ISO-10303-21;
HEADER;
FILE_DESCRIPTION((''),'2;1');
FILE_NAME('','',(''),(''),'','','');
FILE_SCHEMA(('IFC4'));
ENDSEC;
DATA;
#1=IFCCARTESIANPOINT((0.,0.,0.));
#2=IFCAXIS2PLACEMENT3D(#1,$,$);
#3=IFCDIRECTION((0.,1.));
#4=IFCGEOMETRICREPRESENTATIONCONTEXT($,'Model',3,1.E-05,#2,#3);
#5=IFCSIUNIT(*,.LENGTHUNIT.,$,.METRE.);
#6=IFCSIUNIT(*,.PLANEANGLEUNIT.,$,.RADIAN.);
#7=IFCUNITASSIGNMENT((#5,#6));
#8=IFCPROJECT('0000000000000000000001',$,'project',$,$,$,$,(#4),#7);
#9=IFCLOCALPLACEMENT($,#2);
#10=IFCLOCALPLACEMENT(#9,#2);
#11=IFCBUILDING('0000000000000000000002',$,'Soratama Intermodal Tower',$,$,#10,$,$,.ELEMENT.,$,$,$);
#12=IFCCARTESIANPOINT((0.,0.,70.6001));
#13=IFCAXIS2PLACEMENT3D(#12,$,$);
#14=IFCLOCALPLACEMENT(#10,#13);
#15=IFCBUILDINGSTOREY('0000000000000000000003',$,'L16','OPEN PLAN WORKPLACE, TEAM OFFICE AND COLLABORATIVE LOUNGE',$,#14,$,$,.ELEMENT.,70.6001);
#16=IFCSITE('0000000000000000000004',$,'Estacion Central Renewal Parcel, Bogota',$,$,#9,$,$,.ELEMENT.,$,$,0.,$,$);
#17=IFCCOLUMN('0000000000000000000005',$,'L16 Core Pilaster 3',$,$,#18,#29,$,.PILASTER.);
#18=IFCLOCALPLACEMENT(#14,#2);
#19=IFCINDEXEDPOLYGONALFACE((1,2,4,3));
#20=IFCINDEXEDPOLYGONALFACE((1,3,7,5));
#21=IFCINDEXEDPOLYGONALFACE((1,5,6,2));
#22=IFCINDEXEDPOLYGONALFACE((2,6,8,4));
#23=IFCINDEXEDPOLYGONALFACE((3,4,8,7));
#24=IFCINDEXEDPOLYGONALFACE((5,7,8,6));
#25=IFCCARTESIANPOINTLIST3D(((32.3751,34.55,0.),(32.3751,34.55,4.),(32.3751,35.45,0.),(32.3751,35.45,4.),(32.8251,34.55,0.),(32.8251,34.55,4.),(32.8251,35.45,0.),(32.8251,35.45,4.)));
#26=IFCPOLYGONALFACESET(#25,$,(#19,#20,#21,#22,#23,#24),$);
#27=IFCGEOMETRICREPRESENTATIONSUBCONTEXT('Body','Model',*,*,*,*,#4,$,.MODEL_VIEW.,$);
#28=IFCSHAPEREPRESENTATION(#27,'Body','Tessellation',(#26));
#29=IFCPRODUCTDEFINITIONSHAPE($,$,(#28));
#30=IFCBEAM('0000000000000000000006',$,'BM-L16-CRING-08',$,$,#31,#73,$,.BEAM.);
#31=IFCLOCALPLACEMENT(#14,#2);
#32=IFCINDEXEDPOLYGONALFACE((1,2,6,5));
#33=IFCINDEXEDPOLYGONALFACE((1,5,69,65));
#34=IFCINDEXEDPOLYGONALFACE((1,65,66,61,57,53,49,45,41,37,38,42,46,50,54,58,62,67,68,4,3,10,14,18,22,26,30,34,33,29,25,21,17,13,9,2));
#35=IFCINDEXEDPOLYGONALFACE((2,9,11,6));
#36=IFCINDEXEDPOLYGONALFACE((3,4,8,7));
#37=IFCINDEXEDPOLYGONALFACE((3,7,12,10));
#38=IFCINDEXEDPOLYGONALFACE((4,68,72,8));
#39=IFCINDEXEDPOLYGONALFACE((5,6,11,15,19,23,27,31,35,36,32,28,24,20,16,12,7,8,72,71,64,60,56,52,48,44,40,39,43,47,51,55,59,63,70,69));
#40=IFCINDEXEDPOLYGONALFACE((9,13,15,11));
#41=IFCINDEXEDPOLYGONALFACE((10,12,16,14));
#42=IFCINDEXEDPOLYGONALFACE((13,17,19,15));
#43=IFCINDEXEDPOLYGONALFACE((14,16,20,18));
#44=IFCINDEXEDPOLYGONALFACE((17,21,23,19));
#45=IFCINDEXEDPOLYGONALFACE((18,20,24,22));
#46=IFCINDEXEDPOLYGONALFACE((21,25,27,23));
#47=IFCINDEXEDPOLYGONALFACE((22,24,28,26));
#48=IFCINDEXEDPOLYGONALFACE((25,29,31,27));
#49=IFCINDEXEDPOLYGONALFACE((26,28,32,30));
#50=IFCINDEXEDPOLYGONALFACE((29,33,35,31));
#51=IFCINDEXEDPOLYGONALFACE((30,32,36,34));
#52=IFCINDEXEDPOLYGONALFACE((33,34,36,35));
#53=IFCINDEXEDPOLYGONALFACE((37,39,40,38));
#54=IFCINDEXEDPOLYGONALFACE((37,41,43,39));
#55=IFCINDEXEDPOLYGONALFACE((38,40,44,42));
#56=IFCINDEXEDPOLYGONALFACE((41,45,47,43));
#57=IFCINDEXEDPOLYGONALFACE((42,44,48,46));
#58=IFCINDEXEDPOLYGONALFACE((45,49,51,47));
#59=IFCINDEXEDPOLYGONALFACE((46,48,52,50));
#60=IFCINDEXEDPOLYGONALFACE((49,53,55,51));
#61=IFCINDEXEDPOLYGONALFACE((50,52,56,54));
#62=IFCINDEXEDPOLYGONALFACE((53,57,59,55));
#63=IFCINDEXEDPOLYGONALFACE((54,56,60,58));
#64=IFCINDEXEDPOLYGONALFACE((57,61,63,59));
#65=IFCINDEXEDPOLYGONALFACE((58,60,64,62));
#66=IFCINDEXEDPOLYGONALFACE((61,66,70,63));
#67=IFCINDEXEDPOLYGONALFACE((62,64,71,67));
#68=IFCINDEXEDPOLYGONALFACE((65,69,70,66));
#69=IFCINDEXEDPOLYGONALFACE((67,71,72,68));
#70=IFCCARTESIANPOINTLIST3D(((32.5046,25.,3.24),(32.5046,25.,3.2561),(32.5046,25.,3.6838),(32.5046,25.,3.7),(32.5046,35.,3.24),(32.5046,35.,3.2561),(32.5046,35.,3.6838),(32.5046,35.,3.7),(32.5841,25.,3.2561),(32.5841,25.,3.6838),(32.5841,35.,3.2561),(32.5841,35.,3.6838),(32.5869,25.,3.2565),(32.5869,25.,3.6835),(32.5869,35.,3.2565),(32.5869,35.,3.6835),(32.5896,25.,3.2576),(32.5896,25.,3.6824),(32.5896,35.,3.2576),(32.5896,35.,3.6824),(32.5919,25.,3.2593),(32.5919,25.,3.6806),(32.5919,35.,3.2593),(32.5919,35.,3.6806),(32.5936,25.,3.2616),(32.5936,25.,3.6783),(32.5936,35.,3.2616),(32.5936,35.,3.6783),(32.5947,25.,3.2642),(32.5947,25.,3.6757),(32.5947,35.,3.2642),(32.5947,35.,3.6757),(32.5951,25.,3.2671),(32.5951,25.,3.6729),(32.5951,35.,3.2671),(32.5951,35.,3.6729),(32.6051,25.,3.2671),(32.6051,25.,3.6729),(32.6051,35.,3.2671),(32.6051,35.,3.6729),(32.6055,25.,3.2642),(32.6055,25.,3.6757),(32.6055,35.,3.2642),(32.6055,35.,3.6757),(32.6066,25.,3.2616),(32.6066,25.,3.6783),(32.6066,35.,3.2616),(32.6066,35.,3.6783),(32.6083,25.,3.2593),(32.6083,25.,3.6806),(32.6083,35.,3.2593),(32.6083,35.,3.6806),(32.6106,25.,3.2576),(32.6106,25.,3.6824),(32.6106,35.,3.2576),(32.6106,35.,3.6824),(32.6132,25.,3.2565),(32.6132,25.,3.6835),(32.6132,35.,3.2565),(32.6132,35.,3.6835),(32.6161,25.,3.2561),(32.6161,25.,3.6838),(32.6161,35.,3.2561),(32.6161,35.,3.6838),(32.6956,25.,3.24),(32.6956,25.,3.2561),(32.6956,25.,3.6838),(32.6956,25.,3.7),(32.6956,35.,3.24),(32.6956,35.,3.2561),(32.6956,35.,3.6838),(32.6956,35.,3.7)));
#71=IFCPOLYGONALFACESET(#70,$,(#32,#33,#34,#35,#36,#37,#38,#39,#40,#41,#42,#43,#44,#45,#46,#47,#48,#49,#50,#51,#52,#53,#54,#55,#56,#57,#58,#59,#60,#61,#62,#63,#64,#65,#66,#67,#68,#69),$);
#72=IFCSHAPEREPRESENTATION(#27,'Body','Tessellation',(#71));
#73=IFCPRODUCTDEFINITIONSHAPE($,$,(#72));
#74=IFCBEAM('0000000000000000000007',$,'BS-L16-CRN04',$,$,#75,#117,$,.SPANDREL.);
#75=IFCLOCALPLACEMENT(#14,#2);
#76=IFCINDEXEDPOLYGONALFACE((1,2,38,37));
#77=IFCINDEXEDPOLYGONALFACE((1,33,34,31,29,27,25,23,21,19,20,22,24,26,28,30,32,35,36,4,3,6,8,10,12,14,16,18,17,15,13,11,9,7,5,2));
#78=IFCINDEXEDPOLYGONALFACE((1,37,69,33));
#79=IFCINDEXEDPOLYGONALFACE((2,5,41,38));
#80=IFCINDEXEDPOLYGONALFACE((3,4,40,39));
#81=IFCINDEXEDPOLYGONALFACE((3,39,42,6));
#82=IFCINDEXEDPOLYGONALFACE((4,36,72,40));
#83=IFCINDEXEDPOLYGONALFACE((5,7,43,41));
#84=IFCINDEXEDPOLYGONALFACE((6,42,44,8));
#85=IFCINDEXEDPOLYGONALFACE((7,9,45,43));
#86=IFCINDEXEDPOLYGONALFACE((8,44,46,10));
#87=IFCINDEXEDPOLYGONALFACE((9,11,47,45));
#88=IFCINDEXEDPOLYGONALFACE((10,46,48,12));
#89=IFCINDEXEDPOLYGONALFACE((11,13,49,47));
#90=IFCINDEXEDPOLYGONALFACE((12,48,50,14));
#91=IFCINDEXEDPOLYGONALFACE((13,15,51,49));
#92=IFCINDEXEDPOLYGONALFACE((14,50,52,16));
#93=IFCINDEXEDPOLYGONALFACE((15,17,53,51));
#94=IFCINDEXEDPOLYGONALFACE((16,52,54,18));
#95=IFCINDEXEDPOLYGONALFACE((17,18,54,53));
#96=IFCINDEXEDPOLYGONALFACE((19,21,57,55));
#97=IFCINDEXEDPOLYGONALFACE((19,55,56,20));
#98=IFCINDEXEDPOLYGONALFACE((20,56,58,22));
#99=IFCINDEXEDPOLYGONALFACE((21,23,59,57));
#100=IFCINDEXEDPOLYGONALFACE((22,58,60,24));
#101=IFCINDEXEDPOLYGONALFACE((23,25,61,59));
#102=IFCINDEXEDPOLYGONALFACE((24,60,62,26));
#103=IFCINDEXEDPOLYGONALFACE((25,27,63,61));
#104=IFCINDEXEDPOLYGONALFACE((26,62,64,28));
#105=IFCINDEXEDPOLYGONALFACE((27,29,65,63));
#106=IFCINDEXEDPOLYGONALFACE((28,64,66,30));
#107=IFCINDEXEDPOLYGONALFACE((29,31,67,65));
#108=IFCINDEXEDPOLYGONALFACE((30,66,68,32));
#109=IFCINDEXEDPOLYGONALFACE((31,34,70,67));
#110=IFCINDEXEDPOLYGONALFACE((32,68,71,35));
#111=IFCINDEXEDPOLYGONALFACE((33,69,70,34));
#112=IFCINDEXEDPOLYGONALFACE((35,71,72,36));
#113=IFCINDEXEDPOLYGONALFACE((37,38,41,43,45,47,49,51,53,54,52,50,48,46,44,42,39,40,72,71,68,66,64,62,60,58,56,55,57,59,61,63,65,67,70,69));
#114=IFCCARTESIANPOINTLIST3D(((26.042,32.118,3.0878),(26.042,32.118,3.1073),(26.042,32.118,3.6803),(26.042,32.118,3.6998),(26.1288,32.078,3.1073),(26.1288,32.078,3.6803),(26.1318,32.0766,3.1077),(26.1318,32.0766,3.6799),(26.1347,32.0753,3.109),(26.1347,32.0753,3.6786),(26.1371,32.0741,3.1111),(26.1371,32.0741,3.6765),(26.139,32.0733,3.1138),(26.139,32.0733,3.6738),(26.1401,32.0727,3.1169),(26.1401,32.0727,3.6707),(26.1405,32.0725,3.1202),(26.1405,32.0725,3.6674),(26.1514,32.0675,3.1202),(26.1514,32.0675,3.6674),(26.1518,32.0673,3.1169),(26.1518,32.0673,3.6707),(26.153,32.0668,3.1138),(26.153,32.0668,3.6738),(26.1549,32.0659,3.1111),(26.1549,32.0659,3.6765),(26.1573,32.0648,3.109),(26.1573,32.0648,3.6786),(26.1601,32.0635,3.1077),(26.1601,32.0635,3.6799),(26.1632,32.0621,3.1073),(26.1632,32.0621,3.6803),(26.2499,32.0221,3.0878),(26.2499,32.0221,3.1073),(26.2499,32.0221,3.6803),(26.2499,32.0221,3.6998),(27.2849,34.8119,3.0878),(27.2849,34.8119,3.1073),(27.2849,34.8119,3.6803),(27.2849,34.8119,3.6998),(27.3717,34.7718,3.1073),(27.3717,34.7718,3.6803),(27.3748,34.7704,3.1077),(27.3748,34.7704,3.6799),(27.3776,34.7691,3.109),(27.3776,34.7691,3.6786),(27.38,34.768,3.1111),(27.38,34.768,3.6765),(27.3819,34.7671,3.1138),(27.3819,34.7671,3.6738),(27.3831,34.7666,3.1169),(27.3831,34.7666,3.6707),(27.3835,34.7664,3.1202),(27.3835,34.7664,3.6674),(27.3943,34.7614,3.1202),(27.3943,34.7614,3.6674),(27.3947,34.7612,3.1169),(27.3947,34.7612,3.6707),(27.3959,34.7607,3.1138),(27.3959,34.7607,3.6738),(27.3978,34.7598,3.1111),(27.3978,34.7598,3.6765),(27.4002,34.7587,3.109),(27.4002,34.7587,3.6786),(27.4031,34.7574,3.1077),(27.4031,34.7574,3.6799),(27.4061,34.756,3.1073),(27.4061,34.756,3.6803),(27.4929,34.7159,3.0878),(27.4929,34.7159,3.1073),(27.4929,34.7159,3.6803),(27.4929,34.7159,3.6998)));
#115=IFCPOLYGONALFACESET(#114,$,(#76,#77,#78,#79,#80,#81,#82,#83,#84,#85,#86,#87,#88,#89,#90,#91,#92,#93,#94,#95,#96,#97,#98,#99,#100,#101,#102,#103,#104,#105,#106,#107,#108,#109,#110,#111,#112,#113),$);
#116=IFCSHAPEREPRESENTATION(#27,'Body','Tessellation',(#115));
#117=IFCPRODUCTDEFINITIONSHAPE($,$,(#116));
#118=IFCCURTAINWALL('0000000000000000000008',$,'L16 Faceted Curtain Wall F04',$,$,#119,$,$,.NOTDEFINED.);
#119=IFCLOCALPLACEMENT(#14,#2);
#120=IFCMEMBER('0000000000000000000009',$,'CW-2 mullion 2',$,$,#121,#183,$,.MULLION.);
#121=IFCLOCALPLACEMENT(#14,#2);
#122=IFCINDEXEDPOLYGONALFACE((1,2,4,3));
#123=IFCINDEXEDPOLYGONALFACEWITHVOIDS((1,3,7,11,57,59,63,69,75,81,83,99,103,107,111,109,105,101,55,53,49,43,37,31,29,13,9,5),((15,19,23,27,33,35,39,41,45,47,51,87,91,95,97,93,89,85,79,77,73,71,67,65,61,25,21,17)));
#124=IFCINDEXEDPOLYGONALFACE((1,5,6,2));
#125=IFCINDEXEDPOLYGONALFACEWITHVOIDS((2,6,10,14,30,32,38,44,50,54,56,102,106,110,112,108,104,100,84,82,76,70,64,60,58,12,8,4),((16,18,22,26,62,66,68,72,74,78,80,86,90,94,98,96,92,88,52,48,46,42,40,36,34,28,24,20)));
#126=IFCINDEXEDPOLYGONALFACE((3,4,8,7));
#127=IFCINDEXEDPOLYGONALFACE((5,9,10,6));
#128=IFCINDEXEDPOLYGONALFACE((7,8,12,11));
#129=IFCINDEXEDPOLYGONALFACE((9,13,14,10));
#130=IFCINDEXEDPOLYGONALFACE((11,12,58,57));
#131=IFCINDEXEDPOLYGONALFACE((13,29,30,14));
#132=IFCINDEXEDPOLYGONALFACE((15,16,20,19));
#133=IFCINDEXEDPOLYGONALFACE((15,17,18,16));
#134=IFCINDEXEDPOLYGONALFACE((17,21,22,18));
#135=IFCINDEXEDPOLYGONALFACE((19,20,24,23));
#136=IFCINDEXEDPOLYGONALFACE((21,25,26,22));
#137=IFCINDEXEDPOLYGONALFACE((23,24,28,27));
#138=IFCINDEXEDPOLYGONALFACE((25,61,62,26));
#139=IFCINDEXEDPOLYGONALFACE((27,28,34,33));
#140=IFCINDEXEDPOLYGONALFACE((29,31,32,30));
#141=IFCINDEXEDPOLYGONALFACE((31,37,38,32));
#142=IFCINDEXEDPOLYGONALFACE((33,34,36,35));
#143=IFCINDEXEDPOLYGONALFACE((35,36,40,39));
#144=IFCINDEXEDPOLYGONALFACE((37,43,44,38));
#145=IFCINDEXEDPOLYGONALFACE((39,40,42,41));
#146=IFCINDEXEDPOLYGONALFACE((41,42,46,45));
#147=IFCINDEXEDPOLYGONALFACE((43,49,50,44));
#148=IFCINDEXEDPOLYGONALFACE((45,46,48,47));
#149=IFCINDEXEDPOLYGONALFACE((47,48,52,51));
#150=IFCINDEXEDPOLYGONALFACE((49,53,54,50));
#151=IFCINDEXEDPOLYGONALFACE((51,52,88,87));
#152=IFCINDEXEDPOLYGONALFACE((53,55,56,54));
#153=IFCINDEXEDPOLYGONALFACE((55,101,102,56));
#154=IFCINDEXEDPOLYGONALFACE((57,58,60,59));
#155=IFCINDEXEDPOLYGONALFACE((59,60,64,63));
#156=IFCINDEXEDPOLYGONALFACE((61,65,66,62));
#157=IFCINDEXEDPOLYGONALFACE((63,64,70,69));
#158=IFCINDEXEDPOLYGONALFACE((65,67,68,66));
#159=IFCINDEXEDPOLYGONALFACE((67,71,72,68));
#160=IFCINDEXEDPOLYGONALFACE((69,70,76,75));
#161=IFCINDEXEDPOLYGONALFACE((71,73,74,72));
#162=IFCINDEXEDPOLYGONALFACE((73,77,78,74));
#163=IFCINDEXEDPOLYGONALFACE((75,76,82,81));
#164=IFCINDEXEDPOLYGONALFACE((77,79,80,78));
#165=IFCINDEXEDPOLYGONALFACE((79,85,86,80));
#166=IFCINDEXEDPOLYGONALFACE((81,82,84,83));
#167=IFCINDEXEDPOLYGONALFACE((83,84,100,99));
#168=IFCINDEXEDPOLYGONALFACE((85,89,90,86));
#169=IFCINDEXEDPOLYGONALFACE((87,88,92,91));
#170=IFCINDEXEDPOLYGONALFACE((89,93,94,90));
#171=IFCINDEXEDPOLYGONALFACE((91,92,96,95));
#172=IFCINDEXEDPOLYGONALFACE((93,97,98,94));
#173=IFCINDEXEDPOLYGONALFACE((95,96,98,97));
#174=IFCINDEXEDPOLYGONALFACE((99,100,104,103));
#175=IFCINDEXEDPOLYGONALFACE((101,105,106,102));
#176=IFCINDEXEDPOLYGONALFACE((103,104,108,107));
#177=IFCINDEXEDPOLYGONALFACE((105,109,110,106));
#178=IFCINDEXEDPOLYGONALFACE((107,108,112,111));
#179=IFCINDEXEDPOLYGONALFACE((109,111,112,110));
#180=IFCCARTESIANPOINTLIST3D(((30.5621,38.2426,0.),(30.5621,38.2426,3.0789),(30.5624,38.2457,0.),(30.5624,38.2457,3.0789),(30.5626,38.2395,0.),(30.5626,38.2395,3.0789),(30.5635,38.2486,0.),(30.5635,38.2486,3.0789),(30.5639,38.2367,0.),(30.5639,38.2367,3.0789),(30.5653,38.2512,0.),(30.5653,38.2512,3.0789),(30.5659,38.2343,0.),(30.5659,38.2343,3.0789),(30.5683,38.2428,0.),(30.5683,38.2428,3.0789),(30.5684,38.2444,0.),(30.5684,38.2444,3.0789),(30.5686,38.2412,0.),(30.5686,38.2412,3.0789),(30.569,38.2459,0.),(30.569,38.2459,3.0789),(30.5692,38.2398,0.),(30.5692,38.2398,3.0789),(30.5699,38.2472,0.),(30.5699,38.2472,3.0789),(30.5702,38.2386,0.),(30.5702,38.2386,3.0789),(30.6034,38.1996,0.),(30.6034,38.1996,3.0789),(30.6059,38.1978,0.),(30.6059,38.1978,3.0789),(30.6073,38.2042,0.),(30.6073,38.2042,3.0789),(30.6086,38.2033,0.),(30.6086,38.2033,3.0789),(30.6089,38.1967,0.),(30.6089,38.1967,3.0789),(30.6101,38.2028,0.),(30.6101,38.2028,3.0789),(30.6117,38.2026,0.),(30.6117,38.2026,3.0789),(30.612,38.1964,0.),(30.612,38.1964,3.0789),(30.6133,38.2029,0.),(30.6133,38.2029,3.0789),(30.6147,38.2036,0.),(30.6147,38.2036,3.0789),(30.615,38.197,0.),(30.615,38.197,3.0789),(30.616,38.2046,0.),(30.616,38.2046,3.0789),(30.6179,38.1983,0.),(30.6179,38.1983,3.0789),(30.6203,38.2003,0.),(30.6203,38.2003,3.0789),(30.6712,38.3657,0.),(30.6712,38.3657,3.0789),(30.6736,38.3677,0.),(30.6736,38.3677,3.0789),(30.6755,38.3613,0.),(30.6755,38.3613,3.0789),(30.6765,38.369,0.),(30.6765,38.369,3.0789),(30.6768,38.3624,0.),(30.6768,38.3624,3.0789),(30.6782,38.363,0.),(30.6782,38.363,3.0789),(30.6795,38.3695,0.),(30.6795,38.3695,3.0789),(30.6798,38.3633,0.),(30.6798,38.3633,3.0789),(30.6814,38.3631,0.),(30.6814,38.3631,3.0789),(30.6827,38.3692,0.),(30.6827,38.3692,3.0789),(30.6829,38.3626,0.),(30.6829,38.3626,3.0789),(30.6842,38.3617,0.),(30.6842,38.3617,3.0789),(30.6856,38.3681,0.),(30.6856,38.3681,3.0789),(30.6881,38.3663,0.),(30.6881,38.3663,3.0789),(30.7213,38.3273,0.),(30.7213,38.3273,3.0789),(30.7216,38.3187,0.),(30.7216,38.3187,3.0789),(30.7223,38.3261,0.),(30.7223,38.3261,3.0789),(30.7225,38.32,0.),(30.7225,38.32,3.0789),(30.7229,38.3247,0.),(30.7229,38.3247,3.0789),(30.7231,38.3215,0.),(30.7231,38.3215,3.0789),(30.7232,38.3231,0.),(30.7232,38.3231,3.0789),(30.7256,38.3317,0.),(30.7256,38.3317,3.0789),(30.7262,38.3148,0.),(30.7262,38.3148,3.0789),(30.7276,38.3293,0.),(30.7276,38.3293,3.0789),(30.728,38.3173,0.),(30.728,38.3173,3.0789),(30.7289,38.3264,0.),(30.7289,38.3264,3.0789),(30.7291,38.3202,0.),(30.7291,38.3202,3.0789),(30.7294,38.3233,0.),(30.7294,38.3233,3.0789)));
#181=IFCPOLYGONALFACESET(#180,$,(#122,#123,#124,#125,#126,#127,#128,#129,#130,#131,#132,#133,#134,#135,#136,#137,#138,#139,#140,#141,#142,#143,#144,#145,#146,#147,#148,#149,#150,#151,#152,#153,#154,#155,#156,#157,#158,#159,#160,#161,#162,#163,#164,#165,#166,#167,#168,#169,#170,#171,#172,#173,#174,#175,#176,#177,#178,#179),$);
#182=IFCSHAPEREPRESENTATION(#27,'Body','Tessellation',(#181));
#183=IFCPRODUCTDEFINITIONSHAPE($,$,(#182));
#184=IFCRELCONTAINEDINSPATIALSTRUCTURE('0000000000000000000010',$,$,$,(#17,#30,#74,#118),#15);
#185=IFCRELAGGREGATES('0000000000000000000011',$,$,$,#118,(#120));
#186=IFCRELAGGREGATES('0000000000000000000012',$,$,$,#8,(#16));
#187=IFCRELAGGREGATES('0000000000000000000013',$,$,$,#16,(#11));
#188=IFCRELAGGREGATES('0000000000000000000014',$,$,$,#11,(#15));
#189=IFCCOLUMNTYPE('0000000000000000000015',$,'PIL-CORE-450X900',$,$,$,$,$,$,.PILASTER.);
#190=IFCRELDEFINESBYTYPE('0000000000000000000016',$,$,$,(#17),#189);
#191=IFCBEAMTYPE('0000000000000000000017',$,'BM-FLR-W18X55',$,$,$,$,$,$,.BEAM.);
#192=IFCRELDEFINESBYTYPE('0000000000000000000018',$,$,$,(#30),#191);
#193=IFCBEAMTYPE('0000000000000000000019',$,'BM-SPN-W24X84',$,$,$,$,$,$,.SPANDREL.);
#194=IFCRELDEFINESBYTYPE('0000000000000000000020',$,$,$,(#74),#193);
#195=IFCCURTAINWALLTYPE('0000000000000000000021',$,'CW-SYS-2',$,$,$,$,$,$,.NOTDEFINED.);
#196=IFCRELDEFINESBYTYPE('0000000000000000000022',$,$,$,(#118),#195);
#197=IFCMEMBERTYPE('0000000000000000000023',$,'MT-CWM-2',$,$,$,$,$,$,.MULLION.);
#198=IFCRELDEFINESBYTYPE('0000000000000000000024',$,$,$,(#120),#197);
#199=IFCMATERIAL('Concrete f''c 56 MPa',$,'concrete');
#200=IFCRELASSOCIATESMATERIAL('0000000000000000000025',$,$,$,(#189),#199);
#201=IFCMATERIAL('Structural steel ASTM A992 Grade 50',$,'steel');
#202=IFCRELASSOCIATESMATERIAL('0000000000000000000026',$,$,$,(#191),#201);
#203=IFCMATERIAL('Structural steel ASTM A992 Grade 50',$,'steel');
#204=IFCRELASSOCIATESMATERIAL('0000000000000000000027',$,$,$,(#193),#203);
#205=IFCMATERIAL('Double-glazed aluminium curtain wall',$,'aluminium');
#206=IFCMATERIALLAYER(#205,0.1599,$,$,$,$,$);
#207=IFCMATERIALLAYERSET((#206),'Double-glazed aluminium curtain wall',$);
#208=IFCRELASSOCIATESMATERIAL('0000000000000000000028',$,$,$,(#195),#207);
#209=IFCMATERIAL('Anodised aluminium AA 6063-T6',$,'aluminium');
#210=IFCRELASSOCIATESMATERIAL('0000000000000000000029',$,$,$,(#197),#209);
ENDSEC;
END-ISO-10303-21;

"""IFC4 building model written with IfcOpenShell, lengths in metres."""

from ifc_helpers import new_model, si_unit, direction, frame, origin, origin_2d, place, context, subcontext, project, spatial, rectangle, hollow_rectangle, i_section, extrude, material, layer, layer_set, material_profile, profile_set, type_object, element, aggregate, save


model = new_model("IFC4")

# Units and contexts
model_context = context("Model", 3, precision=1e-05, world=origin(), true_north=direction((0.0, 1.0)))
body_context = subcontext(model_context, "Body", "Model", "MODEL_VIEW")
ifc_project = project(units=[si_unit("LENGTHUNIT", "METRE"), si_unit("PLANEANGLEUNIT", "RADIAN")], contexts=[model_context])

# Site, building, storey
site_placement = place(None, origin())
site = spatial("IfcSite", under=ifc_project, at=site_placement, Name="Estacion Central Renewal Parcel, Bogota", CompositionType="ELEMENT", RefElevation=0.0)
building_placement = place(site_placement, origin())
building = spatial("IfcBuilding", under=site, at=building_placement, Name="Soratama Intermodal Tower", CompositionType="ELEMENT")
storey_placement = place(building_placement, frame((0.0, 0.0, 70.6001)))
storey = spatial("IfcBuildingStorey", under=building, at=storey_placement, Name="L16", Description="OPEN PLAN WORKPLACE, TEAM OFFICE AND COLLABORATIVE LOUNGE", CompositionType="ELEMENT", Elevation=70.6001)

# Column
ifc_material_1 = material(Name="Concrete f'c 56 MPa", Category="concrete")
ifc_material_profile_1 = material_profile(ifc_material_1, rectangle(XDim=0.45, YDim=0.8999, at=origin_2d()), Name="RC450X900")
ifc_profile_set_1 = profile_set([ifc_material_profile_1], Name="Concrete f'c 56 MPa")
column_type = type_object("IfcColumnType", Name="PIL-CORE-450X900", PredefinedType="PILASTER", material=ifc_profile_set_1)
column_placement = place(storey_placement, frame((32.6001, 35.0, 0.0), z_axis=(0.0, 0.0, 1.0), x_axis=(1.0, 0.0, 0.0)))
element("IfcColumn", 1, at=column_placement, inside=storey, type_object=column_type, Name="L16 Core Pilaster 3", PredefinedType="PILASTER", context=body_context, shape_type="SweptSolid", body=[
    extrude(rectangle(XDim=0.45, YDim=0.8999, at=origin_2d()), origin(), (0.0, 0.0, 1.0), 4.0),
])

# Beams
ifc_material_2 = material(Name="Structural steel ASTM A992 Grade 50", Category="steel")
ifc_material_profile_2 = material_profile(ifc_material_2, i_section(OverallWidth=0.1909, OverallDepth=0.46, WebThickness=0.01, FlangeThickness=0.0161, FilletRadius=0.011, at=origin_2d()), Name="W18X55")
ifc_profile_set_2 = profile_set([ifc_material_profile_2], Name="Structural steel ASTM A992 Grade 50")
beam_type_1 = type_object("IfcBeamType", Name="BM-FLR-W18X55", PredefinedType="BEAM", material=ifc_profile_set_2)
beam_1_placement = place(storey_placement, frame((32.6001, 35.0, 3.47), z_axis=(0.0, -1.0, 0.0), x_axis=(1.0, 0.0, 0.0)))
element("IfcBeam", 2, at=beam_1_placement, inside=storey, type_object=beam_type_1, Name="BM-L16-CRING-08", PredefinedType="BEAM", context=body_context, shape_type="SweptSolid", body=[
    extrude(i_section(OverallWidth=0.1909, OverallDepth=0.46, WebThickness=0.01, FlangeThickness=0.0161, FilletRadius=0.011, at=origin_2d()), origin(), (0.0, 0.0, 1.0), 10.0),
])
ifc_material_3 = material(Name="Structural steel ASTM A992 Grade 50", Category="steel")
ifc_material_profile_3 = material_profile(ifc_material_3, i_section(OverallWidth=0.229, OverallDepth=0.6121, WebThickness=0.012, FlangeThickness=0.0195, FilletRadius=0.0129, at=origin_2d()), Name="W24X84")
ifc_profile_set_3 = profile_set([ifc_material_profile_3], Name="Structural steel ASTM A992 Grade 50")
beam_type_2 = type_object("IfcBeamType", Name="BM-SPN-W24X84", PredefinedType="SPANDREL", material=ifc_profile_set_3)
beam_2_placement = place(storey_placement, frame((27.3889, 34.7639, 3.3938), z_axis=(-0.418949, -0.90801, 0.0), x_axis=(0.90801, -0.418949, 0.0)))
element("IfcBeam", 3, at=beam_2_placement, inside=storey, type_object=beam_type_2, Name="BS-L16-CRN04", PredefinedType="SPANDREL", context=body_context, shape_type="SweptSolid", body=[
    extrude(i_section(OverallWidth=0.229, OverallDepth=0.6121, WebThickness=0.012, FlangeThickness=0.0195, FilletRadius=0.0129, at=origin_2d()), origin(), (0.0, 0.0, 1.0), 2.9668),
])

# Curtain wall, member
ifc_material_4 = material(Name="Double-glazed aluminium curtain wall", Category="aluminium")
ifc_layer_1 = layer(ifc_material_4, 0.1599)
ifc_layer_set_1 = layer_set([ifc_layer_1], Name="Double-glazed aluminium curtain wall")
curtain_wall_type = type_object("IfcCurtainWallType", Name="CW-SYS-2", PredefinedType="NOTDEFINED", material=ifc_layer_set_1)
curtain_wall_placement = place(storey_placement, origin())
curtain_wall = element("IfcCurtainWall", 4, at=curtain_wall_placement, inside=storey, type_object=curtain_wall_type, Name="L16 Faceted Curtain Wall F04", PredefinedType="NOTDEFINED")
ifc_material_5 = material(Name="Anodised aluminium AA 6063-T6", Category="aluminium")
ifc_material_profile_4 = material_profile(ifc_material_5, hollow_rectangle(XDim=0.075, YDim=0.1799, WallThickness=0.0061, InnerFilletRadius=0.0061, OuterFilletRadius=0.012, at=origin_2d()), Name="CWM180X75X6")
ifc_profile_set_4 = profile_set([ifc_material_profile_4], Name="Anodised aluminium AA 6063-T6")
member_type_1 = type_object("IfcMemberType", Name="MT-CWM-2", PredefinedType="MULLION", material=ifc_profile_set_4)
member_1_placement = place(storey_placement, frame((30.6458, 38.283, 0.0), z_axis=(0.0, 0.0, 1.0), x_axis=(0.733965, -0.679187, 0.0)))
member_1 = element("IfcMember", 5, at=member_1_placement, type_object=member_type_1, Name="CW-2 mullion 2", PredefinedType="MULLION", context=body_context, shape_type="SweptSolid", body=[
    extrude(hollow_rectangle(XDim=0.075, YDim=0.1799, WallThickness=0.0061, InnerFilletRadius=0.0061, OuterFilletRadius=0.012, at=origin_2d()), origin(), (0.0, 0.0, 1.0), 3.0789),
])
aggregate(curtain_wall, [member_1])

save(model, "model.ifc")
